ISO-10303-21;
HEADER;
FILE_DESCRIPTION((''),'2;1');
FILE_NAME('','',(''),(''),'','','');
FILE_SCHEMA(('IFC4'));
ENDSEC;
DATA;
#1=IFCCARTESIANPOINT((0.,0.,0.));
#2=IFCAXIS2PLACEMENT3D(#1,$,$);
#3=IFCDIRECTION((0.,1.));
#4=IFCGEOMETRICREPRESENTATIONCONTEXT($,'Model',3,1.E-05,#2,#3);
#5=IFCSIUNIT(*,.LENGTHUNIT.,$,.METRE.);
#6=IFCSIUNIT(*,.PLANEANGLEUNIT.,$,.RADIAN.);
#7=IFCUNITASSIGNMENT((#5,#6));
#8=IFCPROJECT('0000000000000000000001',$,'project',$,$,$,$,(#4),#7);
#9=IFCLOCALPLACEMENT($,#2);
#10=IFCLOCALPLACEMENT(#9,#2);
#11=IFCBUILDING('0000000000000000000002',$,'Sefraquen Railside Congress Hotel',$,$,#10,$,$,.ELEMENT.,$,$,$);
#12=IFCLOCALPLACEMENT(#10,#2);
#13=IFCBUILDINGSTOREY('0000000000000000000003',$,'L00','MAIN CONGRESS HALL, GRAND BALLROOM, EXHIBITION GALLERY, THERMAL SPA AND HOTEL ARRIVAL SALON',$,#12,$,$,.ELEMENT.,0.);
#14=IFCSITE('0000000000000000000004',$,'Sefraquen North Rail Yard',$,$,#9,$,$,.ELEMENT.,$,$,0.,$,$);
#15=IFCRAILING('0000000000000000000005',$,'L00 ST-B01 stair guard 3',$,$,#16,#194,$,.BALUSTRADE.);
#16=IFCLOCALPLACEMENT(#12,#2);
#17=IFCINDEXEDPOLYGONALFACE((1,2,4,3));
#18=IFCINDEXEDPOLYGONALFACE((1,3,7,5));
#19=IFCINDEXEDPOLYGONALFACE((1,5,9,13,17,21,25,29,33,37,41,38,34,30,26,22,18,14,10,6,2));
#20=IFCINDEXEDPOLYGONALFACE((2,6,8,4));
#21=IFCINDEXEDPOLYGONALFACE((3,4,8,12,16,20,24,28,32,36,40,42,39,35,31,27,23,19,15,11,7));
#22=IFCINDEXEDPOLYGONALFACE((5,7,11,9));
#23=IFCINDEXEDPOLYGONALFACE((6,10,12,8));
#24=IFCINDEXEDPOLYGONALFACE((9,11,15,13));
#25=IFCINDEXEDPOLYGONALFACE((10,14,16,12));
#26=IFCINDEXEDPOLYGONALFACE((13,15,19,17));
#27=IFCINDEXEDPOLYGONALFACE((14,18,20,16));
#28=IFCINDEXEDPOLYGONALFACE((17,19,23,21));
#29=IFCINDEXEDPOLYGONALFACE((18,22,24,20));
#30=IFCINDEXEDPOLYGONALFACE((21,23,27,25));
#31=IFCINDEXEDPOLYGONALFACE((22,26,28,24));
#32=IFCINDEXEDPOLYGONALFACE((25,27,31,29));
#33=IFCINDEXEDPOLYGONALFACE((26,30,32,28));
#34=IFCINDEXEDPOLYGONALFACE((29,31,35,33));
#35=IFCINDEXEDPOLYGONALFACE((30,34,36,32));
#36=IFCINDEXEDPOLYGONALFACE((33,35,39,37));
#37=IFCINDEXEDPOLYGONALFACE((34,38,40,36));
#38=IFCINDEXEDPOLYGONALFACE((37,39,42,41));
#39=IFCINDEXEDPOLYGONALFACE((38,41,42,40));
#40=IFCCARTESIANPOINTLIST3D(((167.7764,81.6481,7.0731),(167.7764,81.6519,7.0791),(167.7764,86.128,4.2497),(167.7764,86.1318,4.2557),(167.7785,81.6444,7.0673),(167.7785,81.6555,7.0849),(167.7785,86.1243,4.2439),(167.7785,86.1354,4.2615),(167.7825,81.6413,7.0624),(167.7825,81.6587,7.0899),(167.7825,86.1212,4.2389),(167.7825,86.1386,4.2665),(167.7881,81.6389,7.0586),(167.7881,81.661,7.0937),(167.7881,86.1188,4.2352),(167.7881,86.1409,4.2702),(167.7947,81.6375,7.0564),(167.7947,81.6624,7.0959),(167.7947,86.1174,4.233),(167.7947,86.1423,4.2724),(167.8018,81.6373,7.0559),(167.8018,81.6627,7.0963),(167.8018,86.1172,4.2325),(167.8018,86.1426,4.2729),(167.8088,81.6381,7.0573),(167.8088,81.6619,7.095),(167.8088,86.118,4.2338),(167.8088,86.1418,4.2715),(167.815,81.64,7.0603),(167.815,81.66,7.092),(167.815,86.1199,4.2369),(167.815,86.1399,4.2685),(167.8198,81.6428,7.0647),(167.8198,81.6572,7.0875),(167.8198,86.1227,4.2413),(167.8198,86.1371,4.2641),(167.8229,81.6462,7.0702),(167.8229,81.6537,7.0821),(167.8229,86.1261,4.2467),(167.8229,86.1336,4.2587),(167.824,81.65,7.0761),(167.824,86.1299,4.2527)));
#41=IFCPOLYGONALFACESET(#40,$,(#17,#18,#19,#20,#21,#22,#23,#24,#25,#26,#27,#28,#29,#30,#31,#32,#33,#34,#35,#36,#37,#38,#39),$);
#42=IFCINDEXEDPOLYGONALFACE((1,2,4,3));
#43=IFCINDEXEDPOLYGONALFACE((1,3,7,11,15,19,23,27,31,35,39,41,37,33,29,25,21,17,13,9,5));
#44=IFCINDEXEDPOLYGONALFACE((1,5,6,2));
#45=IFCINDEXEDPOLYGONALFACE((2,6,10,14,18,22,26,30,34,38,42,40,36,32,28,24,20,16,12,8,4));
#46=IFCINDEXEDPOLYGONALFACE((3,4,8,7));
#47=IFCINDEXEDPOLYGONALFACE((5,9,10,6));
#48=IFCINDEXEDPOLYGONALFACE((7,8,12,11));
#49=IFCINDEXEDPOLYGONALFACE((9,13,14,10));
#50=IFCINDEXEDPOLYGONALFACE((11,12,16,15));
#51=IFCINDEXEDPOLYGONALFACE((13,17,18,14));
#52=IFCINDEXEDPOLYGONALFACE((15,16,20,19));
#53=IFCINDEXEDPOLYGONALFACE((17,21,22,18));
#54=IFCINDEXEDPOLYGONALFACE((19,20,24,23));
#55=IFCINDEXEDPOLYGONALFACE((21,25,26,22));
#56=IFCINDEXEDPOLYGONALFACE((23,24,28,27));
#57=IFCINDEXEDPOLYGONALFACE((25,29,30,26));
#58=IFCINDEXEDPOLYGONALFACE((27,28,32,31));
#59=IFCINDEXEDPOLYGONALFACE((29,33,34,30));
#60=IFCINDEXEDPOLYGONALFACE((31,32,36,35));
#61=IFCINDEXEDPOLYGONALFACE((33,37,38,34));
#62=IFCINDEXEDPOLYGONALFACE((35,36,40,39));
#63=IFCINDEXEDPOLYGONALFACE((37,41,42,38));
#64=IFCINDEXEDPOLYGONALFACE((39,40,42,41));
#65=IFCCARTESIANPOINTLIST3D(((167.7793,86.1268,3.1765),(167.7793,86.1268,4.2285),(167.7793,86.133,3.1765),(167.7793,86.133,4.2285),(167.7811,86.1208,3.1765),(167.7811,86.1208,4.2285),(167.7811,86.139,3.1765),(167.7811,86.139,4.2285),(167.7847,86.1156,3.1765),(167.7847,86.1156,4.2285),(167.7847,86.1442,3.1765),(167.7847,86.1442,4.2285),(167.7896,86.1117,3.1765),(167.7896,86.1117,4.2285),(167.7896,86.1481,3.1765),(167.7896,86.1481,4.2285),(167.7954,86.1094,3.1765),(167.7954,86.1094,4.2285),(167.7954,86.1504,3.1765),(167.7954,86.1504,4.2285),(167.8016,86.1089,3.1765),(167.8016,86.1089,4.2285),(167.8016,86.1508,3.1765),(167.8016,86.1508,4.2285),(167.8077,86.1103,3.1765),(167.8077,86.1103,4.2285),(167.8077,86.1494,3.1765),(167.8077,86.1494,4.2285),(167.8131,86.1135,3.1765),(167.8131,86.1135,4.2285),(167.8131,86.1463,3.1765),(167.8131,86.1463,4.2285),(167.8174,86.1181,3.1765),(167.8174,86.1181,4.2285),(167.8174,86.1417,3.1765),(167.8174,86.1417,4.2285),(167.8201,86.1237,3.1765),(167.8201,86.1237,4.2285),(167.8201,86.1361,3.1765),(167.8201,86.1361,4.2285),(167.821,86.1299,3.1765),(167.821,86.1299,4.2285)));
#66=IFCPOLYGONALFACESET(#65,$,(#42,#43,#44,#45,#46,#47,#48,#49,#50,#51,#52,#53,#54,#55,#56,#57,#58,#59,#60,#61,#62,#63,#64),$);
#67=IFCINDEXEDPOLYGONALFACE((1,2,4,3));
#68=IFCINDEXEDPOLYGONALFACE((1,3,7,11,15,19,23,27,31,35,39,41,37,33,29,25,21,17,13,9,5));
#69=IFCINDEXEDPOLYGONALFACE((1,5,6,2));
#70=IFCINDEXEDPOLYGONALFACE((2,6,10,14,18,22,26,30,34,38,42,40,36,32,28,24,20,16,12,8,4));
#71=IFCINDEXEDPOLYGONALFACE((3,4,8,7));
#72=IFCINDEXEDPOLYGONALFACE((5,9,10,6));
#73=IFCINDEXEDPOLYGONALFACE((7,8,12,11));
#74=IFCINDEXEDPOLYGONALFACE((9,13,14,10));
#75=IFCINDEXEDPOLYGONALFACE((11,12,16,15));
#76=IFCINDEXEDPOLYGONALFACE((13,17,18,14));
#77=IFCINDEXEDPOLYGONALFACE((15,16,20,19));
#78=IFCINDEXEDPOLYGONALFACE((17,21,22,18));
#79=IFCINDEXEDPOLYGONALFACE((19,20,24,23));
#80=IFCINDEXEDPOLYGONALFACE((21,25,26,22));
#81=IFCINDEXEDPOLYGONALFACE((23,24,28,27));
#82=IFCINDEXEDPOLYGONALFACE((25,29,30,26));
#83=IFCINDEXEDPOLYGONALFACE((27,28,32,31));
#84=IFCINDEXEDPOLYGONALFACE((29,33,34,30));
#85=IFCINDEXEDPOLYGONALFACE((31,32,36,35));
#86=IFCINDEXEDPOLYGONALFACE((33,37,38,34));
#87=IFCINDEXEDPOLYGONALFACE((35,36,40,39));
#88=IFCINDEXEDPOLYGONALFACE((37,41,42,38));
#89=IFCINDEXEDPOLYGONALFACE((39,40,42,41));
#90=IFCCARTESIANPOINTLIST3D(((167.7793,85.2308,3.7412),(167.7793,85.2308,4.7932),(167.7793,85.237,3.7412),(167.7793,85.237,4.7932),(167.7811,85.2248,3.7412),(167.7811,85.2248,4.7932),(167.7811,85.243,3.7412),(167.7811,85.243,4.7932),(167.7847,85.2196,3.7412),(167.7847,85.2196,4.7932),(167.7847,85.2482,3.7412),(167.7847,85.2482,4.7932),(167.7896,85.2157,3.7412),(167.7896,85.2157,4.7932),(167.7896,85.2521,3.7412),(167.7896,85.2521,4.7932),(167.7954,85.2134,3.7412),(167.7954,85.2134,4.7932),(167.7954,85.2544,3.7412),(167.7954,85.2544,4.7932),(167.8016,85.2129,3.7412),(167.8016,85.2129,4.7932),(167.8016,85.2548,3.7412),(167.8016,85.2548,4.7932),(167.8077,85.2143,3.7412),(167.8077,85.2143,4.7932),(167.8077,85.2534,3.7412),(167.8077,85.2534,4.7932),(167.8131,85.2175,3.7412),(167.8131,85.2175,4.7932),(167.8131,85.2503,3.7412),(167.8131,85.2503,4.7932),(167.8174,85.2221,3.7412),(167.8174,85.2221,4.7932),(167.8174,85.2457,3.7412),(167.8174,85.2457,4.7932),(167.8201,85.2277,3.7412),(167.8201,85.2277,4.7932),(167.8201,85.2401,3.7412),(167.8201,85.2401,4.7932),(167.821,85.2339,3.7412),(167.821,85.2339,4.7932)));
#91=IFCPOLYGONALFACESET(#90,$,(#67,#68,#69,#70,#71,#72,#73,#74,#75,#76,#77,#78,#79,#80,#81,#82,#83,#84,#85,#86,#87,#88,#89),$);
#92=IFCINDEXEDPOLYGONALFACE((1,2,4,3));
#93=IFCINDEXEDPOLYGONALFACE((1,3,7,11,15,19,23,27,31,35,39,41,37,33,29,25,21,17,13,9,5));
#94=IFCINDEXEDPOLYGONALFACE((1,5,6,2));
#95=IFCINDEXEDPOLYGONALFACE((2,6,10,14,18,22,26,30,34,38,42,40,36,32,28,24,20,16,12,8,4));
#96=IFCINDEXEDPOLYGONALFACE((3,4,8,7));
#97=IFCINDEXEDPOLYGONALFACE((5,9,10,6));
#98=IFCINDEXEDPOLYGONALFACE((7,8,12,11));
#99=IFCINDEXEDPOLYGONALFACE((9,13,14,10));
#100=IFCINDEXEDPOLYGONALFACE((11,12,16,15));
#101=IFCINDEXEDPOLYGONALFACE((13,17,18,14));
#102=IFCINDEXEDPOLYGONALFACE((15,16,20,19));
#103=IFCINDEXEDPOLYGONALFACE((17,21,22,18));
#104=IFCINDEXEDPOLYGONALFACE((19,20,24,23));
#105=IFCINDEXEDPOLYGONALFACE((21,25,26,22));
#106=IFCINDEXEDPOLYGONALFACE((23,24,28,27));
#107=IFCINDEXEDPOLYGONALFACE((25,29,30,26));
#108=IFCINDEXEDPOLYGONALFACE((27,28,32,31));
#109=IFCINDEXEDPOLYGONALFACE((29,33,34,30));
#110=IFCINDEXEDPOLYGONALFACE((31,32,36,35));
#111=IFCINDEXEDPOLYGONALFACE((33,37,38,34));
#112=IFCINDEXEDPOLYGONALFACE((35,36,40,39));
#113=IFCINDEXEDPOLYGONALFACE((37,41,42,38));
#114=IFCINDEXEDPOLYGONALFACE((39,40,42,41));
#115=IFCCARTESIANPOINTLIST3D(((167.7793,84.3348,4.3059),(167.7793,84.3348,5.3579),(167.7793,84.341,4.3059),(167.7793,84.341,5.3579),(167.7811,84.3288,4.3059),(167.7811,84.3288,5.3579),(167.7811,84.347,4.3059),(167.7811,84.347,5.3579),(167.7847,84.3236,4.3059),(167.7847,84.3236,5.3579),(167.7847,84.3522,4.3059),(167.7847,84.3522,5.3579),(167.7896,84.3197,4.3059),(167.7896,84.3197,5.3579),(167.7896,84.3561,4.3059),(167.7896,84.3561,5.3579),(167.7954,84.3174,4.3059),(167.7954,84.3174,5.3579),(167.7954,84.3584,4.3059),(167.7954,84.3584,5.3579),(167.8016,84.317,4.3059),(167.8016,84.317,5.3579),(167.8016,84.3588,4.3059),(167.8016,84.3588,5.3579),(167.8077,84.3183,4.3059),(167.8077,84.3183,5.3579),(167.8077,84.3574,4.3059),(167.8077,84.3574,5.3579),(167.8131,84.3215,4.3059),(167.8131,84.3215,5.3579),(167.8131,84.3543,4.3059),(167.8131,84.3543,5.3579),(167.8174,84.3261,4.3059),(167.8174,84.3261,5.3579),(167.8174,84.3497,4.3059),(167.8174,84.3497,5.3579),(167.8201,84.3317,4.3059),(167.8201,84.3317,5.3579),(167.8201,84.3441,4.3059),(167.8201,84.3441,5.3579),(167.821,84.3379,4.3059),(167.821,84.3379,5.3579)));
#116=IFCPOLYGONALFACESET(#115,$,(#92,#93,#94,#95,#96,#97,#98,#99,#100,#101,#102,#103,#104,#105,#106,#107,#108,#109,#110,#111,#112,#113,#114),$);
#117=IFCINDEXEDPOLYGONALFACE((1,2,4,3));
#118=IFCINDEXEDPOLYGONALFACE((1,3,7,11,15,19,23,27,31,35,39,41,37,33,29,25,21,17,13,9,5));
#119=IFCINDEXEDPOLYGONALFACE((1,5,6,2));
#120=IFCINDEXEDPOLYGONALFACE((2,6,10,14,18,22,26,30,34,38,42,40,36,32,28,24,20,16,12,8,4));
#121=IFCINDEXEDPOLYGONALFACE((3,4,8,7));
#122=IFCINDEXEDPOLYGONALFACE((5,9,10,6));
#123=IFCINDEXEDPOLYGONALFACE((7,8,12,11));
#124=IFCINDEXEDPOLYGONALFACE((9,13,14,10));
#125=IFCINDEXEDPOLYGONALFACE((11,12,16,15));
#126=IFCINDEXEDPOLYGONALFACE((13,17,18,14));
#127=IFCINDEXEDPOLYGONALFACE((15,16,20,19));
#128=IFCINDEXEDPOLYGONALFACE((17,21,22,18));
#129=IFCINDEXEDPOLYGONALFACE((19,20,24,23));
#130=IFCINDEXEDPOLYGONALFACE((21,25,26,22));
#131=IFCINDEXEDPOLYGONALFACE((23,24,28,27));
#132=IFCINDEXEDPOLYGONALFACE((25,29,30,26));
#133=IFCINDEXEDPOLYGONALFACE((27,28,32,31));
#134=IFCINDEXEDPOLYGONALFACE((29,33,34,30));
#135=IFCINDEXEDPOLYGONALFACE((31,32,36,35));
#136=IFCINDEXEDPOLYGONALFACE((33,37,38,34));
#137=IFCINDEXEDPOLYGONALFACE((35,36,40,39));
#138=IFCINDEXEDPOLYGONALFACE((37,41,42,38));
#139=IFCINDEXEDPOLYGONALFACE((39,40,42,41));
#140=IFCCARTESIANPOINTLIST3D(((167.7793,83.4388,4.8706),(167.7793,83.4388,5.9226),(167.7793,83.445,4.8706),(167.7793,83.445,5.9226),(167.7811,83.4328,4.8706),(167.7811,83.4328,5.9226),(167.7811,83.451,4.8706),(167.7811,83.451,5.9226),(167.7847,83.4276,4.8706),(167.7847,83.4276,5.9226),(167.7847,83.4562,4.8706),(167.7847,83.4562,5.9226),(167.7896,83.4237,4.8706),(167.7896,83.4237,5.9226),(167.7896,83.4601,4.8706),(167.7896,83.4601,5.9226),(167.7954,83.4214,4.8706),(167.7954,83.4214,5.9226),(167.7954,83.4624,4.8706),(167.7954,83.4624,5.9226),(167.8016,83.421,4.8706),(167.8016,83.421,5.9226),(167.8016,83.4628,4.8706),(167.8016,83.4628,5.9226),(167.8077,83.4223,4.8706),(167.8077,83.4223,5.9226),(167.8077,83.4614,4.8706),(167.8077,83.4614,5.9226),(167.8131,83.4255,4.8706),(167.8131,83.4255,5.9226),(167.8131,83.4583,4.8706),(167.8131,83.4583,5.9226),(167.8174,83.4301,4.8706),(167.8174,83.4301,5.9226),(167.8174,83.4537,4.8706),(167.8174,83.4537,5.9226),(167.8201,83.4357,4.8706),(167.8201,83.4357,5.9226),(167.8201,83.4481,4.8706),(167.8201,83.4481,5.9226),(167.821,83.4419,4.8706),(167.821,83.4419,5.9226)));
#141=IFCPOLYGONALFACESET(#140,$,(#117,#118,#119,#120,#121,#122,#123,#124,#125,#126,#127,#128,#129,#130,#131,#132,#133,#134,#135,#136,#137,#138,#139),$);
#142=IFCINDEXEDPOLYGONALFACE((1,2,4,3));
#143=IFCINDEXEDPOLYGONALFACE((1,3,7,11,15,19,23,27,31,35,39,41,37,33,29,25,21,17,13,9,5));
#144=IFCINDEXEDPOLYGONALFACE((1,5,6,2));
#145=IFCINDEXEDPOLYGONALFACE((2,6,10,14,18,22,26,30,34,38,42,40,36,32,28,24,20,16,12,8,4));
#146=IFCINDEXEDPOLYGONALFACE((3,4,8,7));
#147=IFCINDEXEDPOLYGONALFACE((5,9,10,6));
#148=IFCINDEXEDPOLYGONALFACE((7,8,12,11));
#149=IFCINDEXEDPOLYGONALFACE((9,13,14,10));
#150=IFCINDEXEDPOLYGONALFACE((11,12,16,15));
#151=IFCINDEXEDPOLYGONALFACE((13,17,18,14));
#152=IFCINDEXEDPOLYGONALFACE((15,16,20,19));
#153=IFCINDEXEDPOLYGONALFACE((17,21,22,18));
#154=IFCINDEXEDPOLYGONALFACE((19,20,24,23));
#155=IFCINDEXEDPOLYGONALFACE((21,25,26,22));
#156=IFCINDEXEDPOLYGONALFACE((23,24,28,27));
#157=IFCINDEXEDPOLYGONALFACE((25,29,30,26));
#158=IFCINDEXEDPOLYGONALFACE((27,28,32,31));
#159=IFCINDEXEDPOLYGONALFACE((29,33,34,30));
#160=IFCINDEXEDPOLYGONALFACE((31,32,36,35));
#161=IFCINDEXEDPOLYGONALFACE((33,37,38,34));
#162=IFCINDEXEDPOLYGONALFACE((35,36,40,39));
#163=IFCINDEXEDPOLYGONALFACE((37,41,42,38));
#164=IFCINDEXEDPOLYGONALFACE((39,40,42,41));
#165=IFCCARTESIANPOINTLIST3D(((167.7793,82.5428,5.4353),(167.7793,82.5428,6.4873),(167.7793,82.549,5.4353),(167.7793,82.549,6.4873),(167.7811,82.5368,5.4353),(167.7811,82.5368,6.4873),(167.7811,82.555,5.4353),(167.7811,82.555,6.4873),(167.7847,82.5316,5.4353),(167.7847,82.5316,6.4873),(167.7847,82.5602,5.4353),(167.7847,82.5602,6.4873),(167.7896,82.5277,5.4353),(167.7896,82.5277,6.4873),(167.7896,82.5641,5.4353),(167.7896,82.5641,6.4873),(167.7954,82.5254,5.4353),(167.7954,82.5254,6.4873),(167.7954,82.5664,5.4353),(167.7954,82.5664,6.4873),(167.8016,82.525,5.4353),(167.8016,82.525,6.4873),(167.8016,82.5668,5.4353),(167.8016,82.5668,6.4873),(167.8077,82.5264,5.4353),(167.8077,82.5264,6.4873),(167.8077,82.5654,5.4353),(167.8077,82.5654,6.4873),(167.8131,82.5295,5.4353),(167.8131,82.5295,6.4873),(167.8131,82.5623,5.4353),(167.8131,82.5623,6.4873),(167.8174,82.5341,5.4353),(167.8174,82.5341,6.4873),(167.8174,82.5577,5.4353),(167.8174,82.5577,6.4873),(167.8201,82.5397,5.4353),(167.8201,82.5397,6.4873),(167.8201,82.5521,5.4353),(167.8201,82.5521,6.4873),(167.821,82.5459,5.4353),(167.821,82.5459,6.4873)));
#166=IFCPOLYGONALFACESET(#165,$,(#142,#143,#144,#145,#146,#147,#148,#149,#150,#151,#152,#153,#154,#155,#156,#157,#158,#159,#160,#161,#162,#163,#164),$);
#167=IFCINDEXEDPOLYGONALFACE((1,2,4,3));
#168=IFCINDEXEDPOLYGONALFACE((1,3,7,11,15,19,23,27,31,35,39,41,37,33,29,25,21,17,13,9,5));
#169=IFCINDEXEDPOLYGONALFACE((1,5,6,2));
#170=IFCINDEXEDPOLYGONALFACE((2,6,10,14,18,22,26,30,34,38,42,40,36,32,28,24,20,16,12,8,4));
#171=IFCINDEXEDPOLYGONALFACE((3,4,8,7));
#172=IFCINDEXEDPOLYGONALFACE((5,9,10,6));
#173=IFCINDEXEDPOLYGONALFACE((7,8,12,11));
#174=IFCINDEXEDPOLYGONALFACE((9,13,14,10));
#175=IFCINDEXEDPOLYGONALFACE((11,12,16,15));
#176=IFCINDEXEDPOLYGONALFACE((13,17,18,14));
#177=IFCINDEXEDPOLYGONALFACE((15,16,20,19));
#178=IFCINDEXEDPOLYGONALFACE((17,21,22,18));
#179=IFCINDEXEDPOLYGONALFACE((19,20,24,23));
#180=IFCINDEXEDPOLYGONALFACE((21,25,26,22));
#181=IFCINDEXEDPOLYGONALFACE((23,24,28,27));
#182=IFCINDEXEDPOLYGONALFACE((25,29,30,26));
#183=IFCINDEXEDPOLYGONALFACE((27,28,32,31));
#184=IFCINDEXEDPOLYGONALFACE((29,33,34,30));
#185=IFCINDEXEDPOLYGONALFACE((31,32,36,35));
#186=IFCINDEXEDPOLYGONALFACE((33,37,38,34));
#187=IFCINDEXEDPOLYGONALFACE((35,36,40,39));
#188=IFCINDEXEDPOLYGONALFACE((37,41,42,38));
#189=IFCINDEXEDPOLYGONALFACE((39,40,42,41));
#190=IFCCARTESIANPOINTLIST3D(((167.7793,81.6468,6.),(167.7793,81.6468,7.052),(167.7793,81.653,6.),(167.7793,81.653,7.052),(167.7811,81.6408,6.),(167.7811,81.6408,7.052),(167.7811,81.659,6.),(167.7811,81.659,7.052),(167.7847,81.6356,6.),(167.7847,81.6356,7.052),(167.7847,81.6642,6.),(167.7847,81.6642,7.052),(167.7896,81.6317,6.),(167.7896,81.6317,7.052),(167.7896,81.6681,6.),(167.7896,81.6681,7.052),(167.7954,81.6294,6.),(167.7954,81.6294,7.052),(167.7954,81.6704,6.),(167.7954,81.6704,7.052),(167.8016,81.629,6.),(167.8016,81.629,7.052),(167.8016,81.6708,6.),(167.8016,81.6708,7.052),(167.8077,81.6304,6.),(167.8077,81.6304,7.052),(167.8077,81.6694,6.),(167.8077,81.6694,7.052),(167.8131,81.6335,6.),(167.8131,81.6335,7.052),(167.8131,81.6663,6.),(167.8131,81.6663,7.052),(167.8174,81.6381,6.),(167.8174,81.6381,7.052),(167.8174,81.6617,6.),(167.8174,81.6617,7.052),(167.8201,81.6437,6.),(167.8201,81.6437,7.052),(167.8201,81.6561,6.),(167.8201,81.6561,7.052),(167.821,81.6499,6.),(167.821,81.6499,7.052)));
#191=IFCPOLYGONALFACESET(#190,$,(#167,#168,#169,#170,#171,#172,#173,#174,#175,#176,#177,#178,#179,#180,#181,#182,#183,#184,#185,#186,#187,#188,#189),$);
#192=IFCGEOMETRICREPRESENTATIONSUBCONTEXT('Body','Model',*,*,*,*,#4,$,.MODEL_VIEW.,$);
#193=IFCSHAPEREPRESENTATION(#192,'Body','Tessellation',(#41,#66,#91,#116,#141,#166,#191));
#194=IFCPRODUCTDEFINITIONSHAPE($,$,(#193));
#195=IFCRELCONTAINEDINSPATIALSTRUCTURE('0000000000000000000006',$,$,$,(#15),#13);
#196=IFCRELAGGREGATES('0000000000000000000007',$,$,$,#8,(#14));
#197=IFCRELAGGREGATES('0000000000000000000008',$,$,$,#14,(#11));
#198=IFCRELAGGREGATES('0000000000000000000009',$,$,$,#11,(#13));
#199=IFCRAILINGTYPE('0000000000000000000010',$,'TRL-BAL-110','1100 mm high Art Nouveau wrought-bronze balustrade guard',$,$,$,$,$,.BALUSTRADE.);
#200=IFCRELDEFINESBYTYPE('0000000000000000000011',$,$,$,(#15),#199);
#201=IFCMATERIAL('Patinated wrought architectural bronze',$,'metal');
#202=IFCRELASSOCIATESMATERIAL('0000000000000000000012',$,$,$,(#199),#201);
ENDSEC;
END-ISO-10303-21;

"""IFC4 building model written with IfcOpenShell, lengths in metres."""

from ifc_helpers import new_model, si_unit, direction, frame, origin, origin_2d, place, context, subcontext, project, spatial, circle, extrude, material, type_object, element, save


model = new_model("IFC4")

# Units and contexts
model_context = context("Model", 3, precision=1e-05, world=origin(), true_north=direction((0.0, 1.0)))
body_context = subcontext(model_context, "Body", "Model", "MODEL_VIEW")
ifc_project = project(units=[si_unit("LENGTHUNIT", "METRE"), si_unit("PLANEANGLEUNIT", "RADIAN")], contexts=[model_context])

# Site, building, storey
site_placement = place(None, origin())
site = spatial("IfcSite", under=ifc_project, at=site_placement, Name="Sefraquen North Rail Yard", CompositionType="ELEMENT", RefElevation=0.0)
building_placement = place(site_placement, origin())
building = spatial("IfcBuilding", under=site, at=building_placement, Name="Sefraquen Railside Congress Hotel", CompositionType="ELEMENT")
storey_placement = place(building_placement, origin())
storey = spatial("IfcBuildingStorey", under=building, at=storey_placement, Name="L00", Description="MAIN CONGRESS HALL, GRAND BALLROOM, EXHIBITION GALLERY, THERMAL SPA AND HOTEL ARRIVAL SALON", CompositionType="ELEMENT", Elevation=0.0)

# Railing
ifc_material_1 = material(Name="Patinated wrought architectural bronze", Category="metal")
railing_type_1 = type_object("IfcRailingType", Name="TRL-BAL-110", Description="1100 mm high Art Nouveau wrought-bronze balustrade guard", PredefinedType="BALUSTRADE", material=ifc_material_1)
railing_1_placement = place(storey_placement, frame((167.8, 86.1299, 3.1765)))
element("IfcRailing", 1, at=railing_1_placement, inside=storey, type_object=railing_type_1, Name="L00 ST-B01 stair guard 3", PredefinedType="BALUSTRADE", context=body_context, shape_type="SweptSolid", body=[
    extrude(circle(Radius=0.0239, at=origin_2d()), frame((0.0, 0.0, 1.0762), z_axis=(0.0, -0.845998, 0.533186), x_axis=(1.0, 0.0, 0.0)), (0.0, 0.0, 1.0), 5.2954),
    extrude(circle(Radius=0.021, at=origin_2d()), origin(), (0.0, 0.0, 1.0), 1.052),
    extrude(circle(Radius=0.021, at=origin_2d()), frame((0.0, -0.896, 0.5647)), (0.0, 0.0, 1.0), 1.052),
    extrude(circle(Radius=0.021, at=origin_2d()), frame((0.0, -1.792, 1.1294)), (0.0, 0.0, 1.0), 1.052),
    extrude(circle(Radius=0.021, at=origin_2d()), frame((0.0, -2.688, 1.6941)), (0.0, 0.0, 1.0), 1.052),
    extrude(circle(Radius=0.021, at=origin_2d()), frame((0.0, -3.584, 2.2588)), (0.0, 0.0, 1.0), 1.052),
    extrude(circle(Radius=0.021, at=origin_2d()), frame((0.0, -4.48, 2.8235)), (0.0, 0.0, 1.0), 1.052),
])

save(model, "model.ifc")
